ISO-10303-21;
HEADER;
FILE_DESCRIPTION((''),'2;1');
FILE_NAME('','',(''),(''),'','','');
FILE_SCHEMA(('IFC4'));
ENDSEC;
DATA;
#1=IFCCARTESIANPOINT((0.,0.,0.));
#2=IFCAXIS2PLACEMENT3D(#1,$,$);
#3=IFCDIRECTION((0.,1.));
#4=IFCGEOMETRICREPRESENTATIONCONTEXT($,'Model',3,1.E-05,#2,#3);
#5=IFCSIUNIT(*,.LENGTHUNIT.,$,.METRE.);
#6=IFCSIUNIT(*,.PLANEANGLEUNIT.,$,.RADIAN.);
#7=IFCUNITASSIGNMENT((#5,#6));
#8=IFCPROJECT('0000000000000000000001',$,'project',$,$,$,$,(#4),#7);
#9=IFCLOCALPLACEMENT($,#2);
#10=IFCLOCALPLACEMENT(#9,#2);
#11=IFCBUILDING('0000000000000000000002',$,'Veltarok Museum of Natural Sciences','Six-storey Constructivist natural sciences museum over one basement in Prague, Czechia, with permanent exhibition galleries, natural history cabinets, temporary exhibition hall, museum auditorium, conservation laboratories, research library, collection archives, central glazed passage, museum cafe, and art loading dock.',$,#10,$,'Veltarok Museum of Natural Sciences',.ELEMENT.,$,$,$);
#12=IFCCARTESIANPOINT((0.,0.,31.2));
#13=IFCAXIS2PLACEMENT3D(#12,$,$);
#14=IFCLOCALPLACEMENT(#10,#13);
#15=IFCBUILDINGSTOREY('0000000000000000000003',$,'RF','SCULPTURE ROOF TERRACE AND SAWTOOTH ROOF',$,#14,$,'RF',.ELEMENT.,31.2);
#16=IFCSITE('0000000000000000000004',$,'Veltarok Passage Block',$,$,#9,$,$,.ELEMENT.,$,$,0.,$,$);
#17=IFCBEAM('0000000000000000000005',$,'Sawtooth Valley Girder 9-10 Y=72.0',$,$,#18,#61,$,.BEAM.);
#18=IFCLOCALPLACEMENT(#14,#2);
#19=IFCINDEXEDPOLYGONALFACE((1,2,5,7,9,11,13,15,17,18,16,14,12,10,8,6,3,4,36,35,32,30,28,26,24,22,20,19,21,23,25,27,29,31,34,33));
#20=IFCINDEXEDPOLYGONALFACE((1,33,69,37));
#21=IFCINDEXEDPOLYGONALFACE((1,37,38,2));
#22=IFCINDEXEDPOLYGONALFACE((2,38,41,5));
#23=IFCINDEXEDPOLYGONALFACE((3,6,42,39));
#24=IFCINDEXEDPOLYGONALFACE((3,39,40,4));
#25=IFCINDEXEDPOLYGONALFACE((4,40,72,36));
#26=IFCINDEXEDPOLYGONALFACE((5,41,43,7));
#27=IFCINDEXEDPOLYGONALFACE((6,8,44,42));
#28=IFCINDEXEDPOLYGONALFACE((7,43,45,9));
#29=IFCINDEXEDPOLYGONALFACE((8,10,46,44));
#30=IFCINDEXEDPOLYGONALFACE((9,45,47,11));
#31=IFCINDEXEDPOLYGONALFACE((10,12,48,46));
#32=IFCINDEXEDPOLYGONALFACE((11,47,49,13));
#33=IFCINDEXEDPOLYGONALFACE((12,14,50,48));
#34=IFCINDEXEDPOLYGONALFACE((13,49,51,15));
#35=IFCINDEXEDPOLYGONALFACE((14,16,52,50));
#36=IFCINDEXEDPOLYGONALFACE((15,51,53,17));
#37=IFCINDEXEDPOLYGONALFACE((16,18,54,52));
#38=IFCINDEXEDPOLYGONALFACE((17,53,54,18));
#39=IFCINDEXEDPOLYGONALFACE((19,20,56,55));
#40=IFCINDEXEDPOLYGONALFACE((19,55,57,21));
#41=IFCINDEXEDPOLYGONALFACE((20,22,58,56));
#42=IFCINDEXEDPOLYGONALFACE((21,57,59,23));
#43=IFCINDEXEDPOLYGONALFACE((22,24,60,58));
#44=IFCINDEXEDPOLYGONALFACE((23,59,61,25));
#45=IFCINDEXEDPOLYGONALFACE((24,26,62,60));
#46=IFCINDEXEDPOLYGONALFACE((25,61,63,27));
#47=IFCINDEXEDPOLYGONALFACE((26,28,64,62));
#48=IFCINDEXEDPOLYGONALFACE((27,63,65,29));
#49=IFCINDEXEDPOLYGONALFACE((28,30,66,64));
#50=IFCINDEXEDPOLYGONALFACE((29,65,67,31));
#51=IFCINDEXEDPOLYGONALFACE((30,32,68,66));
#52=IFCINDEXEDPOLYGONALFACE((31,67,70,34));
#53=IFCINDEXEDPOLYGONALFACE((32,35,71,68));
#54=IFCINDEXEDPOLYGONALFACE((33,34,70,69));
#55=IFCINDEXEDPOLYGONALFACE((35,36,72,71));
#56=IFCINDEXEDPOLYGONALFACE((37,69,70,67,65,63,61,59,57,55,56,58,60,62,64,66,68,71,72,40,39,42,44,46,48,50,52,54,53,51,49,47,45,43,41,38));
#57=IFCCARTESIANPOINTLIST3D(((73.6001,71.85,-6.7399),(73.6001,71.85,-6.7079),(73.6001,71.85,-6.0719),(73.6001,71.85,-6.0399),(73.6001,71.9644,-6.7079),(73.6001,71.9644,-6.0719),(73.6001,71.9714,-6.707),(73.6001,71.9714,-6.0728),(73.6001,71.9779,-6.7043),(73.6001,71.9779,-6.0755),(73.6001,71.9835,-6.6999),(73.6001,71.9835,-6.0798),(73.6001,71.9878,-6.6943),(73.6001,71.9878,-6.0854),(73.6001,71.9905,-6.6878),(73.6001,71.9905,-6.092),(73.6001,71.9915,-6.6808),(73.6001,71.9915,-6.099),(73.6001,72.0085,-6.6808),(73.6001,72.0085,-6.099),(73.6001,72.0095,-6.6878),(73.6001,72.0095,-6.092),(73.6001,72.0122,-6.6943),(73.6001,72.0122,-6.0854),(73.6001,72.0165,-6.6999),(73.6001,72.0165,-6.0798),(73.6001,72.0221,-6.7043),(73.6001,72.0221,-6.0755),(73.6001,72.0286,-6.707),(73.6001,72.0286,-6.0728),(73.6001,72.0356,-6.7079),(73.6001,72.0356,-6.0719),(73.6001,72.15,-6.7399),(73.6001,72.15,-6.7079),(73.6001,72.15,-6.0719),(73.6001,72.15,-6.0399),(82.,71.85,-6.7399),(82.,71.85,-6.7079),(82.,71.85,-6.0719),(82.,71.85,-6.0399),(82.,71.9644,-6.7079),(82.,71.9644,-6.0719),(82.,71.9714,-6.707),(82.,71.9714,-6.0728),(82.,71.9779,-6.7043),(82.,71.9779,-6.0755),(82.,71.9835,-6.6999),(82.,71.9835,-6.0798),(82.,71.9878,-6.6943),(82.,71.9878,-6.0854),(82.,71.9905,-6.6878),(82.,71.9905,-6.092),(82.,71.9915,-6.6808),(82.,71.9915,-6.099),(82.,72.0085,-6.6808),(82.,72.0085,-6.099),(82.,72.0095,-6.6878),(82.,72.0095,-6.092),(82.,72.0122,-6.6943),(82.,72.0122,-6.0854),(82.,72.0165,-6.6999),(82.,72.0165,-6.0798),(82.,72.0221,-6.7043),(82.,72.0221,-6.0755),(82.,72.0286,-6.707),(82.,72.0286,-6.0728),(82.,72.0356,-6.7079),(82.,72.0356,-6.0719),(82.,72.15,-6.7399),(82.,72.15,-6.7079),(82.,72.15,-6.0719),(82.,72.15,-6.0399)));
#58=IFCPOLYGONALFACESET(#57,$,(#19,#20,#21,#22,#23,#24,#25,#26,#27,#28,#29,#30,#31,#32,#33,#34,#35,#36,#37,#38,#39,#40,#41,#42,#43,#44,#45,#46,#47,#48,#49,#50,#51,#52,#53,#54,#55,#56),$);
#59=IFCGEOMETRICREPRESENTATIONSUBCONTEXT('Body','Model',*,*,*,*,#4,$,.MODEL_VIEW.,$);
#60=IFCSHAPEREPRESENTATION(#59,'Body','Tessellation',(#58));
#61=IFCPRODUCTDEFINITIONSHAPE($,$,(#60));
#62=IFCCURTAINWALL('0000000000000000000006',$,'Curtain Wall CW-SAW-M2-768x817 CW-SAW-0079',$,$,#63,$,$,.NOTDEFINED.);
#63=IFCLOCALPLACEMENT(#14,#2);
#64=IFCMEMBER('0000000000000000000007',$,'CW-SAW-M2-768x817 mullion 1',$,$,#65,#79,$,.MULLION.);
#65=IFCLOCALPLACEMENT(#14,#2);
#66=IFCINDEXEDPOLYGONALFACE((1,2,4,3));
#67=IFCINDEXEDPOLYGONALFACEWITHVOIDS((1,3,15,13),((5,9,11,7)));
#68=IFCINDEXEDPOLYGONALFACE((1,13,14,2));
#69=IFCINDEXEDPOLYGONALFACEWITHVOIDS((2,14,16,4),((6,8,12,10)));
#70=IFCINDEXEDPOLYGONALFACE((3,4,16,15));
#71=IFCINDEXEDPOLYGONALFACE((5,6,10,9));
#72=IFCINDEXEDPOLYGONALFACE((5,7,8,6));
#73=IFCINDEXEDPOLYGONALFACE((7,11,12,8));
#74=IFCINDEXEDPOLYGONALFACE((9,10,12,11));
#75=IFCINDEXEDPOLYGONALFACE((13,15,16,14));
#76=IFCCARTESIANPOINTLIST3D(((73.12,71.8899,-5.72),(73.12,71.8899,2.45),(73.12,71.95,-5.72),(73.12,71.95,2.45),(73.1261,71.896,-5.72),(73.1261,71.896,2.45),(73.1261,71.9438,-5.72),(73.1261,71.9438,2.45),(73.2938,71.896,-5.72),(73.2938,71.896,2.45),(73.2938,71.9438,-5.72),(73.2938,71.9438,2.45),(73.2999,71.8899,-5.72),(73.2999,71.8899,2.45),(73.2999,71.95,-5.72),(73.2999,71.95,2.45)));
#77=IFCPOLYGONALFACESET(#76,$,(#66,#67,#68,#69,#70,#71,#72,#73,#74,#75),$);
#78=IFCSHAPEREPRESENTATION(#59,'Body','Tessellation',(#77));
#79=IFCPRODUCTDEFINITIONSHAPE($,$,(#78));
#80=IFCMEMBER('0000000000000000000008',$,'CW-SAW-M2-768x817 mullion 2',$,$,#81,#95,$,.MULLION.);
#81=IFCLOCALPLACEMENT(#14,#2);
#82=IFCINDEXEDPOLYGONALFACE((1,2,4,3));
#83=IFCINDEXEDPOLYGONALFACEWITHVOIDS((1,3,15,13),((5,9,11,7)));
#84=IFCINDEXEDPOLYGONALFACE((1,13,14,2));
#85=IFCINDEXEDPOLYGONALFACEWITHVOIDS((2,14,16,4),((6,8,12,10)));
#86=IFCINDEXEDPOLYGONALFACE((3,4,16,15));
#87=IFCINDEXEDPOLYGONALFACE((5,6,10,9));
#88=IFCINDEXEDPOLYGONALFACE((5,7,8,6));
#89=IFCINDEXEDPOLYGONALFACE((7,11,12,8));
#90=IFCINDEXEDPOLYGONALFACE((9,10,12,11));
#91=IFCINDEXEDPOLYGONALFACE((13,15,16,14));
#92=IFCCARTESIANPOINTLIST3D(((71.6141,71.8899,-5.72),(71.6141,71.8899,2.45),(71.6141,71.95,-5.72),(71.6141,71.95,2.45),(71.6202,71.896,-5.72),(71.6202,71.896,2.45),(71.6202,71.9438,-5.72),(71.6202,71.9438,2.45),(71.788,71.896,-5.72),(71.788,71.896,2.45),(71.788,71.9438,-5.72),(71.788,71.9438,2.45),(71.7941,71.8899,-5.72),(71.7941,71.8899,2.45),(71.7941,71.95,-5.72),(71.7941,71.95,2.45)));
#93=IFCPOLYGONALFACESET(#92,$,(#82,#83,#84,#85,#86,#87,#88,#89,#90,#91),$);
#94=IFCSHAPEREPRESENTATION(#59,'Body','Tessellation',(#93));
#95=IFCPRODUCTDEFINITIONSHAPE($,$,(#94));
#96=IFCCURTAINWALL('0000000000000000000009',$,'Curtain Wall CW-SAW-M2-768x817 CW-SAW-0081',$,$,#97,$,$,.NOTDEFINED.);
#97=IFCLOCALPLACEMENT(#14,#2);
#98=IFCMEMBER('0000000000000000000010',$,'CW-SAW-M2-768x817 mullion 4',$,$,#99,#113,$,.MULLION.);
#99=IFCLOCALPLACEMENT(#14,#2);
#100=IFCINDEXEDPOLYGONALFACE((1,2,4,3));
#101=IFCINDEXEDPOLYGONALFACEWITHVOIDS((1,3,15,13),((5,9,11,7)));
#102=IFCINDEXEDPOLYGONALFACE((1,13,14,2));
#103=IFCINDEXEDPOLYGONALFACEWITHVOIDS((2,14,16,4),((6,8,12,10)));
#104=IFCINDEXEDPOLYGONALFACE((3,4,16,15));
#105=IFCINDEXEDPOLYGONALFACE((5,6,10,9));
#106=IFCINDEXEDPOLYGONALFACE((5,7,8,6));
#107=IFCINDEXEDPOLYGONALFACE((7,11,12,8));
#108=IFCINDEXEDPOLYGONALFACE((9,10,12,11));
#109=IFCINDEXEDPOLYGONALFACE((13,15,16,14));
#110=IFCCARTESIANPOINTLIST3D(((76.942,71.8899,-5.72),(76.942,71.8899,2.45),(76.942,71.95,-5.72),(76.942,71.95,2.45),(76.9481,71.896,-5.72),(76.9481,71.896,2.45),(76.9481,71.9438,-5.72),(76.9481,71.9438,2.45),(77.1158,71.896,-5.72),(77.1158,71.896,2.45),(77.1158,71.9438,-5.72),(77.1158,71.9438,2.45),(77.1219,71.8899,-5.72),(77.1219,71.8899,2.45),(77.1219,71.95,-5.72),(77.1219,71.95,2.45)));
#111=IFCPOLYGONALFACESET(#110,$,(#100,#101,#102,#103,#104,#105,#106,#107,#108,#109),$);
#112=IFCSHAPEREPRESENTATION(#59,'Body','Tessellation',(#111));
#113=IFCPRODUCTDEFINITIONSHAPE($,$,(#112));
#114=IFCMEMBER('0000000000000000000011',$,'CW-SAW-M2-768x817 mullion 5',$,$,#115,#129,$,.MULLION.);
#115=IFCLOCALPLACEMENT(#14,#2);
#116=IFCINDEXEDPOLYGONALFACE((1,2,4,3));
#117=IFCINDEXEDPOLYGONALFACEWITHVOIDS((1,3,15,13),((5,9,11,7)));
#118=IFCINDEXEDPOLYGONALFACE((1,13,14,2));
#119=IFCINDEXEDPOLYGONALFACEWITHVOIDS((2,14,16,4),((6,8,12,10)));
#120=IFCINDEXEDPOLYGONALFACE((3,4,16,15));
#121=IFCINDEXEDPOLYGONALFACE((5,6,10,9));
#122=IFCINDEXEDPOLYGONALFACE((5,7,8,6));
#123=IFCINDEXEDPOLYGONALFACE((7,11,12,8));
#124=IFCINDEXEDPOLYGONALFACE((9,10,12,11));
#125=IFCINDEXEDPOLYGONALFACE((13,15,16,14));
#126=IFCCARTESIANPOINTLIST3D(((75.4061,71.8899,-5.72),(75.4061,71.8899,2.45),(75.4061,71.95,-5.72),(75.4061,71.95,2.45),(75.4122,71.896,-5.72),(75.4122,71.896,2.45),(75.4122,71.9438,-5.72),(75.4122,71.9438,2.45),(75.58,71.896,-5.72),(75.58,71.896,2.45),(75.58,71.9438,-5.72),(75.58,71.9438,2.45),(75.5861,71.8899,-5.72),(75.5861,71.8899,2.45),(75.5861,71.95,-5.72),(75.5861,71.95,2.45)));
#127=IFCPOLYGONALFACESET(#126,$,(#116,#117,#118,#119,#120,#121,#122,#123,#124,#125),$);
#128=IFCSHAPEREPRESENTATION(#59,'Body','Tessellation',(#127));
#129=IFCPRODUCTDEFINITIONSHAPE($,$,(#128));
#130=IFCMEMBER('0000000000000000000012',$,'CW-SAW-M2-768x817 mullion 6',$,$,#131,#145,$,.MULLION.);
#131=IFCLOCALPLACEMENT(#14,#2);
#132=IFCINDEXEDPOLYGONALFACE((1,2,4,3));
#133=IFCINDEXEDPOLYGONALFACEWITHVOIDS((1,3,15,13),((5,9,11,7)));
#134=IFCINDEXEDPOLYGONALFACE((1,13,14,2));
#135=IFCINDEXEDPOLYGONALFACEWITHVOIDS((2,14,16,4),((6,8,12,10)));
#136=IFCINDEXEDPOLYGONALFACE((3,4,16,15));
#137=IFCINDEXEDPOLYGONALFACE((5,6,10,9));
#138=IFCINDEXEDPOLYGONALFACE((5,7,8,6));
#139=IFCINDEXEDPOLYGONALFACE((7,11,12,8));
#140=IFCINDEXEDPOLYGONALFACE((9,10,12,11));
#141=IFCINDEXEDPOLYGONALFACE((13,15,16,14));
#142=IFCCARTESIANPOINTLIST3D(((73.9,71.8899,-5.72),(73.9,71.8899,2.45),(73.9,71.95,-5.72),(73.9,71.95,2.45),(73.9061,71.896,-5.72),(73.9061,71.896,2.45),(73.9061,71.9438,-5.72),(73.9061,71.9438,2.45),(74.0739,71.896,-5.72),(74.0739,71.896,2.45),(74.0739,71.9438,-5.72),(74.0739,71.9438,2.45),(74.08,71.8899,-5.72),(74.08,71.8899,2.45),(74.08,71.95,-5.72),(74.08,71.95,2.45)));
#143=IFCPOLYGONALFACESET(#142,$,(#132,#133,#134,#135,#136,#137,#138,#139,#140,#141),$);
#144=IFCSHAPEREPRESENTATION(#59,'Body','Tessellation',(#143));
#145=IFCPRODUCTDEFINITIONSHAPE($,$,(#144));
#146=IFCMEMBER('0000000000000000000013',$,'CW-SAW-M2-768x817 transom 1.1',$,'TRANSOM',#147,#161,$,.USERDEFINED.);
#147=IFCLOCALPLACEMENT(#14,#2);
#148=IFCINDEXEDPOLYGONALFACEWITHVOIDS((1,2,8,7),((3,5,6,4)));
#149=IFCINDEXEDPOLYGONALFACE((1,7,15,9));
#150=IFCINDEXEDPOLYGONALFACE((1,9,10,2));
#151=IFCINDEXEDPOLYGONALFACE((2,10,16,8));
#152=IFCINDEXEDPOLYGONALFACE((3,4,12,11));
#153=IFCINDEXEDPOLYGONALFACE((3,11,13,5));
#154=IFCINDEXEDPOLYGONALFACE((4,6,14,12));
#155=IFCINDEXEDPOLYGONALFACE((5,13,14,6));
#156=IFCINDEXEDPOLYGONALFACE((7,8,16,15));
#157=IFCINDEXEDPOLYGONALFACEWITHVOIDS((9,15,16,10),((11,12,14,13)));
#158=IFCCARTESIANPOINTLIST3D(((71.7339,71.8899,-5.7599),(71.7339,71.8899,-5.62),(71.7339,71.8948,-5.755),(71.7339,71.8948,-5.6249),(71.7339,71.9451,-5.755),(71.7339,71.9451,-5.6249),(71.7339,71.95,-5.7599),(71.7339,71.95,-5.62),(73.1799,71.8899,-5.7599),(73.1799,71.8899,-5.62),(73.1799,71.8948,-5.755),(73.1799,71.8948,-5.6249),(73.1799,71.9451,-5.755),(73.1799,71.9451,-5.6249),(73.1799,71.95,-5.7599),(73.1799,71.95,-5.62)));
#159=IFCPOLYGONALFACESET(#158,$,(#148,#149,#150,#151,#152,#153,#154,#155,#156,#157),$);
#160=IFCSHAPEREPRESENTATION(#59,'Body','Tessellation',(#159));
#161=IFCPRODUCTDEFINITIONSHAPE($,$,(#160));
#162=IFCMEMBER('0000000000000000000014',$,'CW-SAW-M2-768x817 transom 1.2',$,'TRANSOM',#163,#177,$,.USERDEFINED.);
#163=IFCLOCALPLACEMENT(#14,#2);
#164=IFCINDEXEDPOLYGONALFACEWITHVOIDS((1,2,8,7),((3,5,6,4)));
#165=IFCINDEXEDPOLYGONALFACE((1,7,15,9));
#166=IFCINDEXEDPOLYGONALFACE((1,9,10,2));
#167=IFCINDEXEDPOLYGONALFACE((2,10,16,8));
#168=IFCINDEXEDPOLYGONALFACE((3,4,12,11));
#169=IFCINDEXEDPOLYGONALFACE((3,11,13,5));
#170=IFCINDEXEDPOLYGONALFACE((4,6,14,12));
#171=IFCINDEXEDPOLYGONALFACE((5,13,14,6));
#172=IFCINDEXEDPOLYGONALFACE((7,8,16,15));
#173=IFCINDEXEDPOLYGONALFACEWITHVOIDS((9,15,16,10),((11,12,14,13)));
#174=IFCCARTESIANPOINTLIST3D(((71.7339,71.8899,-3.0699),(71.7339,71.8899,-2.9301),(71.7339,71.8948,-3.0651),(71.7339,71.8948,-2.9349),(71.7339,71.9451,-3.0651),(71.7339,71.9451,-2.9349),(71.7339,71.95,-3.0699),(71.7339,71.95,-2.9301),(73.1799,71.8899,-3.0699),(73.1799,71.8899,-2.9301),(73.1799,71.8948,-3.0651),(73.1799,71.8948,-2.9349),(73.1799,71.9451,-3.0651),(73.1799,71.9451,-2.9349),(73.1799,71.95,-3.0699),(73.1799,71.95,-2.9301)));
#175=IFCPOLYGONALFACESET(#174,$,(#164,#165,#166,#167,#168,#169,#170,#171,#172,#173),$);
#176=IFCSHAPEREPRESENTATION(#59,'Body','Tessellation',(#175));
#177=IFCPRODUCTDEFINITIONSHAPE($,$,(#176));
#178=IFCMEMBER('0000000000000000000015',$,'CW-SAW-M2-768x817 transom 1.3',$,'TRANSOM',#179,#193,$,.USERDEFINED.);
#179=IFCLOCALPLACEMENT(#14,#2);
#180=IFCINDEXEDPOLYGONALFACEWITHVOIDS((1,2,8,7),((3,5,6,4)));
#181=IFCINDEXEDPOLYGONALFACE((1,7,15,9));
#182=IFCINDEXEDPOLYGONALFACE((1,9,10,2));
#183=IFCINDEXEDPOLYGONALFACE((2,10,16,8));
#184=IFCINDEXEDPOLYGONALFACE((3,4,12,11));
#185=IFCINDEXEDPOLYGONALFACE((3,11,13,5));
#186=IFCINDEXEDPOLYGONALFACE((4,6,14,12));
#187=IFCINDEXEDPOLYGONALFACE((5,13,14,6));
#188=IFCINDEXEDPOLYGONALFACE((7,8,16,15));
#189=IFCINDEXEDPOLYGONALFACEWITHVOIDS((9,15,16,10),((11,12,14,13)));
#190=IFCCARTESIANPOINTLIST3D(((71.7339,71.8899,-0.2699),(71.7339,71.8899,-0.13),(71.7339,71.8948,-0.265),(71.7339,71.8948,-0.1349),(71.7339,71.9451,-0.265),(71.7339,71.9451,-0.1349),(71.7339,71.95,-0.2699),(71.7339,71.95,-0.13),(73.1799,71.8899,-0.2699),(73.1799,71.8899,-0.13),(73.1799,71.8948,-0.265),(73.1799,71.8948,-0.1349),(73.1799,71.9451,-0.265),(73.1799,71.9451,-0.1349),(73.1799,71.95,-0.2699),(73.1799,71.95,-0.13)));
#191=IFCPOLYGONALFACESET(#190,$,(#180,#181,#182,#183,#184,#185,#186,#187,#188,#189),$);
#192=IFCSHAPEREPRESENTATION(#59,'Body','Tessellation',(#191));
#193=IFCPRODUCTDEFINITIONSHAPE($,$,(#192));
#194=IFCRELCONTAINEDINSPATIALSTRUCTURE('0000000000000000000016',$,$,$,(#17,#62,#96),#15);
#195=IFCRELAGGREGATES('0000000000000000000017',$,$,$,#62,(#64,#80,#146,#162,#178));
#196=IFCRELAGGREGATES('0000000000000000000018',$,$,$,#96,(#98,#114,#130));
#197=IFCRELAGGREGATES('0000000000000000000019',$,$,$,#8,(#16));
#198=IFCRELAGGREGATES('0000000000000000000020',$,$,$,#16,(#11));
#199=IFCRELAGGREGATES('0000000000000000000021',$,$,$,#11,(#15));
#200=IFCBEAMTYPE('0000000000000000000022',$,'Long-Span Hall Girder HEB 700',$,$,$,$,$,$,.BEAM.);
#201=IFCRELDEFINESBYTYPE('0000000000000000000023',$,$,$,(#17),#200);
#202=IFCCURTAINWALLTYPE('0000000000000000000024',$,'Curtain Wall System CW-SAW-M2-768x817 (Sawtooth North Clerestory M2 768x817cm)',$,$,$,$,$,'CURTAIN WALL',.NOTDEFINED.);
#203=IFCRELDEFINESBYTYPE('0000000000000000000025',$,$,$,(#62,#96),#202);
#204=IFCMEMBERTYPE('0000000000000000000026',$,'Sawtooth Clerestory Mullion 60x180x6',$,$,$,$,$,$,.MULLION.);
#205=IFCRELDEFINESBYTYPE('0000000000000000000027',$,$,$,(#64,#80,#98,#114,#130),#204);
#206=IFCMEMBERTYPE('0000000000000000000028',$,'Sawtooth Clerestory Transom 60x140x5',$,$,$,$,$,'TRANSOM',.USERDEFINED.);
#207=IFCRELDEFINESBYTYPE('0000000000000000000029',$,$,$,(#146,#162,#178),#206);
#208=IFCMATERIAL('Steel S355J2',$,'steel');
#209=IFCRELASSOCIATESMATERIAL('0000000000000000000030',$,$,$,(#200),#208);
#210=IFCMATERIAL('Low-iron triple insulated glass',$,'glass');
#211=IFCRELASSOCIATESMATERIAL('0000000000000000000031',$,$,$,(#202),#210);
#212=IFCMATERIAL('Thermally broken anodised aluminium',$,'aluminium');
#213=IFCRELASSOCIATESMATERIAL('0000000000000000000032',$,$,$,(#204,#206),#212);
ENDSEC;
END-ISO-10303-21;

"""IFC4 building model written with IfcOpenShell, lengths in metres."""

from ifc_helpers import new_model, si_unit, direction, frame, origin, origin_2d, place, context, subcontext, project, spatial, hollow_rectangle, i_section, extrude, material, material_profile, profile_set, type_object, element, aggregate, save


model = new_model("IFC4")

# Units and contexts
model_context = context("Model", 3, precision=1e-05, world=origin(), true_north=direction((0.0, 1.0)))
body_context = subcontext(model_context, "Body", "Model", "MODEL_VIEW")
ifc_project = project(units=[si_unit("LENGTHUNIT", "METRE"), si_unit("PLANEANGLEUNIT", "RADIAN")], contexts=[model_context])

# Site, building, storey
site_placement = place(None, origin())
site = spatial("IfcSite", under=ifc_project, at=site_placement, Name="Veltarok Passage Block", CompositionType="ELEMENT", RefElevation=0.0)
building_placement = place(site_placement, origin())
building = spatial("IfcBuilding", under=site, at=building_placement, Name="Veltarok Museum of Natural Sciences", Description="Six-storey Constructivist natural sciences museum over one basement in Prague, Czechia, with permanent exhibition galleries, natural history cabinets, temporary exhibition hall, museum auditorium, conservation laboratories, research library, collection archives, central glazed passage, museum cafe, and art loading dock.", LongName="Veltarok Museum of Natural Sciences", CompositionType="ELEMENT")
storey_placement = place(building_placement, frame((0.0, 0.0, 31.2)))
storey = spatial("IfcBuildingStorey", under=building, at=storey_placement, Name="RF", Description="SCULPTURE ROOF TERRACE AND SAWTOOTH ROOF", LongName="RF", CompositionType="ELEMENT", Elevation=31.2)

# Beam
ifc_material_1 = material(Name="Steel S355J2", Category="steel")
ifc_material_profile_1 = material_profile(ifc_material_1, i_section(OverallWidth=0.3, OverallDepth=0.7, WebThickness=0.0171, FlangeThickness=0.032, FilletRadius=0.0271, at=origin_2d()), Name="HEB 700")
ifc_profile_set_1 = profile_set([ifc_material_profile_1], Name="Steel S355J2")
beam_type = type_object("IfcBeamType", Name="Long-Span Hall Girder HEB 700", PredefinedType="BEAM", material=ifc_profile_set_1)
beam_placement = place(storey_placement, frame((73.6001, 72.0, -6.3899), z_axis=(1.0, 0.0, 0.0), x_axis=(0.0, 1.0, 0.0)))
element("IfcBeam", 1, at=beam_placement, inside=storey, type_object=beam_type, Name="Sawtooth Valley Girder 9-10 Y=72.0", PredefinedType="BEAM", context=body_context, shape_type="SweptSolid", body=[
    extrude(i_section(OverallWidth=0.3, OverallDepth=0.7, WebThickness=0.0171, FlangeThickness=0.032, FilletRadius=0.0271, at=origin_2d()), origin(), (0.0, 0.0, 1.0), 8.3999),
])

# Curtain walls, members
ifc_material_2 = material(Name="Low-iron triple insulated glass", Category="glass")
curtain_wall_type = type_object("IfcCurtainWallType", Name="Curtain Wall System CW-SAW-M2-768x817 (Sawtooth North Clerestory M2 768x817cm)", ElementType="CURTAIN WALL", PredefinedType="NOTDEFINED", material=ifc_material_2)
curtain_wall_1_placement = place(storey_placement, origin())
curtain_wall_1 = element("IfcCurtainWall", 2, at=curtain_wall_1_placement, inside=storey, type_object=curtain_wall_type, Name="Curtain Wall CW-SAW-M2-768x817 CW-SAW-0079", PredefinedType="NOTDEFINED")
ifc_material_3 = material(Name="Thermally broken anodised aluminium", Category="aluminium")
ifc_material_profile_2 = material_profile(ifc_material_3, hollow_rectangle(XDim=0.0601, YDim=0.1799, WallThickness=0.0061, at=origin_2d()), Name="CW MULLION 60x180x6")
ifc_profile_set_2 = profile_set([ifc_material_profile_2], Name="Thermally broken anodised aluminium")
member_type_1 = type_object("IfcMemberType", Name="Sawtooth Clerestory Mullion 60x180x6", PredefinedType="MULLION", material=ifc_profile_set_2)
member_1_placement = place(storey_placement, frame((73.21, 71.9199, -5.72), z_axis=(0.0, 0.0, 1.0), x_axis=(0.0, -1.0, 0.0)))
member_1 = element("IfcMember", 3, at=member_1_placement, type_object=member_type_1, Name="CW-SAW-M2-768x817 mullion 1", PredefinedType="MULLION", context=body_context, shape_type="SweptSolid", body=[
    extrude(hollow_rectangle(XDim=0.0601, YDim=0.1799, WallThickness=0.0061, at=origin_2d()), origin(), (0.0, 0.0, 1.0), 8.1699),
])
member_2_placement = place(storey_placement, frame((71.7041, 71.9199, -5.72), z_axis=(0.0, 0.0, 1.0), x_axis=(0.0, -1.0, 0.0)))
member_2 = element("IfcMember", 4, at=member_2_placement, type_object=member_type_1, Name="CW-SAW-M2-768x817 mullion 2", PredefinedType="MULLION", context=body_context, shape_type="SweptSolid", body=[
    extrude(hollow_rectangle(XDim=0.0601, YDim=0.1799, WallThickness=0.0061, at=origin_2d()), origin(), (0.0, 0.0, 1.0), 8.1699),
])
curtain_wall_2_placement = place(storey_placement, origin())
curtain_wall_2 = element("IfcCurtainWall", 5, at=curtain_wall_2_placement, inside=storey, type_object=curtain_wall_type, Name="Curtain Wall CW-SAW-M2-768x817 CW-SAW-0081", PredefinedType="NOTDEFINED")
member_3_placement = place(storey_placement, frame((77.032, 71.9199, -5.72), z_axis=(0.0, 0.0, 1.0), x_axis=(0.0, -1.0, 0.0)))
member_3 = element("IfcMember", 6, at=member_3_placement, type_object=member_type_1, Name="CW-SAW-M2-768x817 mullion 4", PredefinedType="MULLION", context=body_context, shape_type="SweptSolid", body=[
    extrude(hollow_rectangle(XDim=0.0601, YDim=0.1799, WallThickness=0.0061, at=origin_2d()), origin(), (0.0, 0.0, 1.0), 8.1699),
])
member_4_placement = place(storey_placement, frame((75.4961, 71.9199, -5.72), z_axis=(0.0, 0.0, 1.0), x_axis=(0.0, -1.0, 0.0)))
member_4 = element("IfcMember", 7, at=member_4_placement, type_object=member_type_1, Name="CW-SAW-M2-768x817 mullion 5", PredefinedType="MULLION", context=body_context, shape_type="SweptSolid", body=[
    extrude(hollow_rectangle(XDim=0.0601, YDim=0.1799, WallThickness=0.0061, at=origin_2d()), origin(), (0.0, 0.0, 1.0), 8.1699),
])
member_5_placement = place(storey_placement, frame((73.99, 71.9199, -5.72), z_axis=(0.0, 0.0, 1.0), x_axis=(0.0, -1.0, 0.0)))
member_5 = element("IfcMember", 8, at=member_5_placement, type_object=member_type_1, Name="CW-SAW-M2-768x817 mullion 6", PredefinedType="MULLION", context=body_context, shape_type="SweptSolid", body=[
    extrude(hollow_rectangle(XDim=0.0601, YDim=0.1799, WallThickness=0.0061, at=origin_2d()), origin(), (0.0, 0.0, 1.0), 8.1699),
])

# Members
ifc_material_profile_3 = material_profile(ifc_material_3, hollow_rectangle(XDim=0.0601, YDim=0.1399, WallThickness=0.0049, at=origin_2d()), Name="CW TRANSOM 60x140x5")
ifc_profile_set_3 = profile_set([ifc_material_profile_3], Name="Thermally broken anodised aluminium")
member_type_2 = type_object("IfcMemberType", Name="Sawtooth Clerestory Transom 60x140x5", ElementType="TRANSOM", PredefinedType="USERDEFINED", material=ifc_profile_set_3)
member_6_placement = place(storey_placement, frame((73.1799, 71.9199, -5.6899), z_axis=(-1.0, 0.0, 0.0), x_axis=(0.0, -1.0, 0.0)))
member_6 = element("IfcMember", 9, at=member_6_placement, type_object=member_type_2, Name="CW-SAW-M2-768x817 transom 1.1", ObjectType="TRANSOM", PredefinedType="USERDEFINED", context=body_context, shape_type="SweptSolid", body=[
    extrude(hollow_rectangle(XDim=0.0601, YDim=0.1399, WallThickness=0.0049, at=origin_2d()), origin(), (0.0, 0.0, 1.0), 1.446),
])
member_7_placement = place(storey_placement, frame((73.1799, 71.9199, -3.0), z_axis=(-1.0, 0.0, 0.0), x_axis=(0.0, -1.0, 0.0)))
member_7 = element("IfcMember", 10, at=member_7_placement, type_object=member_type_2, Name="CW-SAW-M2-768x817 transom 1.2", ObjectType="TRANSOM", PredefinedType="USERDEFINED", context=body_context, shape_type="SweptSolid", body=[
    extrude(hollow_rectangle(XDim=0.0601, YDim=0.1399, WallThickness=0.0049, at=origin_2d()), origin(), (0.0, 0.0, 1.0), 1.446),
])
member_8_placement = place(storey_placement, frame((73.1799, 71.9199, -0.2), z_axis=(-1.0, 0.0, 0.0), x_axis=(0.0, -1.0, 0.0)))
member_8 = element("IfcMember", 11, at=member_8_placement, type_object=member_type_2, Name="CW-SAW-M2-768x817 transom 1.3", ObjectType="TRANSOM", PredefinedType="USERDEFINED", context=body_context, shape_type="SweptSolid", body=[
    extrude(hollow_rectangle(XDim=0.0601, YDim=0.1399, WallThickness=0.0049, at=origin_2d()), origin(), (0.0, 0.0, 1.0), 1.446),
])

aggregate(curtain_wall_1, [member_1, member_2, member_6, member_7, member_8])
aggregate(curtain_wall_2, [member_3, member_4, member_5])

save(model, "model.ifc")
